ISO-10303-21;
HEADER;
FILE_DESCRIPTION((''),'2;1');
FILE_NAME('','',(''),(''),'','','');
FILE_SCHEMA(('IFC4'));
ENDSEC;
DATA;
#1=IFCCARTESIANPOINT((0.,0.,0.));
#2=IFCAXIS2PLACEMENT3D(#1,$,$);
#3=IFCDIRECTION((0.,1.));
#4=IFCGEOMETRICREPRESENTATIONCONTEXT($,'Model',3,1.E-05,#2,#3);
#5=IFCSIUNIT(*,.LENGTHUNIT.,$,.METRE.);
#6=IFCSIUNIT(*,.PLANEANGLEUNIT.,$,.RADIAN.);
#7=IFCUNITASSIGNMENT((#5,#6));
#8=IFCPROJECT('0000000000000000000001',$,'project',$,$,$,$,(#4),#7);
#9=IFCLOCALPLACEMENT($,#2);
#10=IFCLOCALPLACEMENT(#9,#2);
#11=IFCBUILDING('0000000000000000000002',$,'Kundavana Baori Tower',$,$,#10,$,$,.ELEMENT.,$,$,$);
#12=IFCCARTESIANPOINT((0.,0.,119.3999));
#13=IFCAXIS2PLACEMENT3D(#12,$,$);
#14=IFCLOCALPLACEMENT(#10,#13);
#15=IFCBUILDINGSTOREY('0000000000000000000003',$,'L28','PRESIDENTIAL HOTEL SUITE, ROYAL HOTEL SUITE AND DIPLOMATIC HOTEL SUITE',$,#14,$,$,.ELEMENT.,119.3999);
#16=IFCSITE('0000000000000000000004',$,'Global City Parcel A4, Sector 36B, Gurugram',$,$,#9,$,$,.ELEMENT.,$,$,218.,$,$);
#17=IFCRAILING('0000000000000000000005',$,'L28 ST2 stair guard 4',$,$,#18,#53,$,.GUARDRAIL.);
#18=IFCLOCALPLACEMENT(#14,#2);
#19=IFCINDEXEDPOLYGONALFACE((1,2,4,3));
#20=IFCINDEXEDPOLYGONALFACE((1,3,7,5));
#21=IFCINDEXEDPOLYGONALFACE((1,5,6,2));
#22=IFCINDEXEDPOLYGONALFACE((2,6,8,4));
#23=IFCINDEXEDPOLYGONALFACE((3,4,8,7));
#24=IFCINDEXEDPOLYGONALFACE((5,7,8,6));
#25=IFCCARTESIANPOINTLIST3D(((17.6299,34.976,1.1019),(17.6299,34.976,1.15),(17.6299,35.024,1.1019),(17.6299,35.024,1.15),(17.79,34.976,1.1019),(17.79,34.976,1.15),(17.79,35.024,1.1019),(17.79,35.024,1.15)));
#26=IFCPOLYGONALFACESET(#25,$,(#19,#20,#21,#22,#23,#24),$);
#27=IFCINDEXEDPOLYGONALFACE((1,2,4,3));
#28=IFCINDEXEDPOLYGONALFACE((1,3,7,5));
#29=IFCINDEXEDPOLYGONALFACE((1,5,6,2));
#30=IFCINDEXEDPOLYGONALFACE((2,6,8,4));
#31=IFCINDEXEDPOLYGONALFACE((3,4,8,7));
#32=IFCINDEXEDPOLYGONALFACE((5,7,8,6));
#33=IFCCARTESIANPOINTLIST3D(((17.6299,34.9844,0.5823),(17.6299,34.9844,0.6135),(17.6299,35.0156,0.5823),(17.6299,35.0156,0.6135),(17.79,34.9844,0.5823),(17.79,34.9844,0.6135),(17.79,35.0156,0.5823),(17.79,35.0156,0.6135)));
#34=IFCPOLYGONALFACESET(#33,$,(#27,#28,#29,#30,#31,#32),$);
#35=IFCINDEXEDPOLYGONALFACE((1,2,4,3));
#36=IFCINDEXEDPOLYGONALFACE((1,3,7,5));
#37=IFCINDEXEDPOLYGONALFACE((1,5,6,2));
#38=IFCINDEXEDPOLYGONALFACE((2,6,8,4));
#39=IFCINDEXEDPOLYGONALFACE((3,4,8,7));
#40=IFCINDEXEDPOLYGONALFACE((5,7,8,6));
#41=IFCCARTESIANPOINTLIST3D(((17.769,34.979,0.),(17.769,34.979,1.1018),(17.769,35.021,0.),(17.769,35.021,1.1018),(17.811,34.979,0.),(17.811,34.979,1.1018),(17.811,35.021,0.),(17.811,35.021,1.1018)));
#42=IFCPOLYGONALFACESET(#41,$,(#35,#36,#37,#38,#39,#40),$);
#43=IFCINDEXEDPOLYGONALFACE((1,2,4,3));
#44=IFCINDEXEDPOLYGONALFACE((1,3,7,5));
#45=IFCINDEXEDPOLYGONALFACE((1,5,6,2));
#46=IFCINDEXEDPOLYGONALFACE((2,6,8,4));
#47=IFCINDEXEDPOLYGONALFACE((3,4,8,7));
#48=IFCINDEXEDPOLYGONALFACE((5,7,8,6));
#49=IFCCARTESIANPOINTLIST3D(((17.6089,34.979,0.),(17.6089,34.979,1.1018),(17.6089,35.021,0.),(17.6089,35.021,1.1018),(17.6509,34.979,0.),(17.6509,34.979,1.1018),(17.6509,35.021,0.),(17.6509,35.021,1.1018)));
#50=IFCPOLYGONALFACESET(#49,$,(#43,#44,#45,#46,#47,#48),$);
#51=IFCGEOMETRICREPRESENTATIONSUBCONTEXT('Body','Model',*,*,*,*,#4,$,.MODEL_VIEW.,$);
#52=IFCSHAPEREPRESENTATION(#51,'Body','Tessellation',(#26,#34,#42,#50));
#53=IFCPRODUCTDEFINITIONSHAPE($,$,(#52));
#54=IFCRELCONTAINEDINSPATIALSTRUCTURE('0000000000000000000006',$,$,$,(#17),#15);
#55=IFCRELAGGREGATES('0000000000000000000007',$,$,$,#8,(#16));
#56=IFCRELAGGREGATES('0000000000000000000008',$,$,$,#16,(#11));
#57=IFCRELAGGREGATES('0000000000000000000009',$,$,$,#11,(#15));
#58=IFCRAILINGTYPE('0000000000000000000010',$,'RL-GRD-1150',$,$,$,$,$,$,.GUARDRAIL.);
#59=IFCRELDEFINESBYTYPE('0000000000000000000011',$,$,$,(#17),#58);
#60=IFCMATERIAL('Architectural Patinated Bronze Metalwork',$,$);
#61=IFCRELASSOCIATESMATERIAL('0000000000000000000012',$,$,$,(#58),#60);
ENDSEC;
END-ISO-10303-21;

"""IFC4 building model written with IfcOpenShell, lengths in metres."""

from ifc_helpers import new_model, si_unit, direction, frame, origin, origin_2d, place, context, subcontext, project, spatial, rectangle, extrude, material, type_object, element, save


model = new_model("IFC4")

# Units and contexts
model_context = context("Model", 3, precision=1e-05, world=origin(), true_north=direction((0.0, 1.0)))
body_context = subcontext(model_context, "Body", "Model", "MODEL_VIEW")
ifc_project = project(units=[si_unit("LENGTHUNIT", "METRE"), si_unit("PLANEANGLEUNIT", "RADIAN")], contexts=[model_context])

# Site, building, storey
site_placement = place(None, origin())
site = spatial("IfcSite", under=ifc_project, at=site_placement, Name="Global City Parcel A4, Sector 36B, Gurugram", CompositionType="ELEMENT", RefElevation=218.0)
building_placement = place(site_placement, origin())
building = spatial("IfcBuilding", under=site, at=building_placement, Name="Kundavana Baori Tower", CompositionType="ELEMENT")
storey_placement = place(building_placement, frame((0.0, 0.0, 119.3999)))
storey = spatial("IfcBuildingStorey", under=building, at=storey_placement, Name="L28", Description="PRESIDENTIAL HOTEL SUITE, ROYAL HOTEL SUITE AND DIPLOMATIC HOTEL SUITE", CompositionType="ELEMENT", Elevation=119.3999)

# Railing
ifc_material_1 = material(Name="Architectural Patinated Bronze Metalwork")
railing_type = type_object("IfcRailingType", Name="RL-GRD-1150", PredefinedType="GUARDRAIL", material=ifc_material_1)
railing_1_placement = place(storey_placement, frame((17.79, 35.0, 0.0)))
element("IfcRailing", 1, at=railing_1_placement, inside=storey, type_object=railing_type, Name="L28 ST2 stair guard 4", PredefinedType="GUARDRAIL", context=body_context, shape_type="SweptSolid", body=[
    extrude(rectangle(XDim=0.0481, YDim=0.0481, at=origin_2d()), frame((0.0, 0.0, 1.126), z_axis=(-1.0, 0.0, 0.0), x_axis=(0.0, -1.0, 0.0)), (0.0, 0.0, 1.0), 0.1602),
    extrude(rectangle(XDim=0.0312, YDim=0.0312, at=origin_2d()), frame((0.0, 0.0, 0.5979), z_axis=(-1.0, 0.0, 0.0), x_axis=(0.0, -1.0, 0.0)), (0.0, 0.0, 1.0), 0.1602),
    extrude(rectangle(XDim=0.042, YDim=0.042, at=origin_2d()), origin(), (0.0, 0.0, 1.0), 1.1018),
    extrude(rectangle(XDim=0.042, YDim=0.042, at=origin_2d()), frame((-0.1602, 0.0, 0.0)), (0.0, 0.0, 1.0), 1.1018),
])

save(model, "model.ifc")
